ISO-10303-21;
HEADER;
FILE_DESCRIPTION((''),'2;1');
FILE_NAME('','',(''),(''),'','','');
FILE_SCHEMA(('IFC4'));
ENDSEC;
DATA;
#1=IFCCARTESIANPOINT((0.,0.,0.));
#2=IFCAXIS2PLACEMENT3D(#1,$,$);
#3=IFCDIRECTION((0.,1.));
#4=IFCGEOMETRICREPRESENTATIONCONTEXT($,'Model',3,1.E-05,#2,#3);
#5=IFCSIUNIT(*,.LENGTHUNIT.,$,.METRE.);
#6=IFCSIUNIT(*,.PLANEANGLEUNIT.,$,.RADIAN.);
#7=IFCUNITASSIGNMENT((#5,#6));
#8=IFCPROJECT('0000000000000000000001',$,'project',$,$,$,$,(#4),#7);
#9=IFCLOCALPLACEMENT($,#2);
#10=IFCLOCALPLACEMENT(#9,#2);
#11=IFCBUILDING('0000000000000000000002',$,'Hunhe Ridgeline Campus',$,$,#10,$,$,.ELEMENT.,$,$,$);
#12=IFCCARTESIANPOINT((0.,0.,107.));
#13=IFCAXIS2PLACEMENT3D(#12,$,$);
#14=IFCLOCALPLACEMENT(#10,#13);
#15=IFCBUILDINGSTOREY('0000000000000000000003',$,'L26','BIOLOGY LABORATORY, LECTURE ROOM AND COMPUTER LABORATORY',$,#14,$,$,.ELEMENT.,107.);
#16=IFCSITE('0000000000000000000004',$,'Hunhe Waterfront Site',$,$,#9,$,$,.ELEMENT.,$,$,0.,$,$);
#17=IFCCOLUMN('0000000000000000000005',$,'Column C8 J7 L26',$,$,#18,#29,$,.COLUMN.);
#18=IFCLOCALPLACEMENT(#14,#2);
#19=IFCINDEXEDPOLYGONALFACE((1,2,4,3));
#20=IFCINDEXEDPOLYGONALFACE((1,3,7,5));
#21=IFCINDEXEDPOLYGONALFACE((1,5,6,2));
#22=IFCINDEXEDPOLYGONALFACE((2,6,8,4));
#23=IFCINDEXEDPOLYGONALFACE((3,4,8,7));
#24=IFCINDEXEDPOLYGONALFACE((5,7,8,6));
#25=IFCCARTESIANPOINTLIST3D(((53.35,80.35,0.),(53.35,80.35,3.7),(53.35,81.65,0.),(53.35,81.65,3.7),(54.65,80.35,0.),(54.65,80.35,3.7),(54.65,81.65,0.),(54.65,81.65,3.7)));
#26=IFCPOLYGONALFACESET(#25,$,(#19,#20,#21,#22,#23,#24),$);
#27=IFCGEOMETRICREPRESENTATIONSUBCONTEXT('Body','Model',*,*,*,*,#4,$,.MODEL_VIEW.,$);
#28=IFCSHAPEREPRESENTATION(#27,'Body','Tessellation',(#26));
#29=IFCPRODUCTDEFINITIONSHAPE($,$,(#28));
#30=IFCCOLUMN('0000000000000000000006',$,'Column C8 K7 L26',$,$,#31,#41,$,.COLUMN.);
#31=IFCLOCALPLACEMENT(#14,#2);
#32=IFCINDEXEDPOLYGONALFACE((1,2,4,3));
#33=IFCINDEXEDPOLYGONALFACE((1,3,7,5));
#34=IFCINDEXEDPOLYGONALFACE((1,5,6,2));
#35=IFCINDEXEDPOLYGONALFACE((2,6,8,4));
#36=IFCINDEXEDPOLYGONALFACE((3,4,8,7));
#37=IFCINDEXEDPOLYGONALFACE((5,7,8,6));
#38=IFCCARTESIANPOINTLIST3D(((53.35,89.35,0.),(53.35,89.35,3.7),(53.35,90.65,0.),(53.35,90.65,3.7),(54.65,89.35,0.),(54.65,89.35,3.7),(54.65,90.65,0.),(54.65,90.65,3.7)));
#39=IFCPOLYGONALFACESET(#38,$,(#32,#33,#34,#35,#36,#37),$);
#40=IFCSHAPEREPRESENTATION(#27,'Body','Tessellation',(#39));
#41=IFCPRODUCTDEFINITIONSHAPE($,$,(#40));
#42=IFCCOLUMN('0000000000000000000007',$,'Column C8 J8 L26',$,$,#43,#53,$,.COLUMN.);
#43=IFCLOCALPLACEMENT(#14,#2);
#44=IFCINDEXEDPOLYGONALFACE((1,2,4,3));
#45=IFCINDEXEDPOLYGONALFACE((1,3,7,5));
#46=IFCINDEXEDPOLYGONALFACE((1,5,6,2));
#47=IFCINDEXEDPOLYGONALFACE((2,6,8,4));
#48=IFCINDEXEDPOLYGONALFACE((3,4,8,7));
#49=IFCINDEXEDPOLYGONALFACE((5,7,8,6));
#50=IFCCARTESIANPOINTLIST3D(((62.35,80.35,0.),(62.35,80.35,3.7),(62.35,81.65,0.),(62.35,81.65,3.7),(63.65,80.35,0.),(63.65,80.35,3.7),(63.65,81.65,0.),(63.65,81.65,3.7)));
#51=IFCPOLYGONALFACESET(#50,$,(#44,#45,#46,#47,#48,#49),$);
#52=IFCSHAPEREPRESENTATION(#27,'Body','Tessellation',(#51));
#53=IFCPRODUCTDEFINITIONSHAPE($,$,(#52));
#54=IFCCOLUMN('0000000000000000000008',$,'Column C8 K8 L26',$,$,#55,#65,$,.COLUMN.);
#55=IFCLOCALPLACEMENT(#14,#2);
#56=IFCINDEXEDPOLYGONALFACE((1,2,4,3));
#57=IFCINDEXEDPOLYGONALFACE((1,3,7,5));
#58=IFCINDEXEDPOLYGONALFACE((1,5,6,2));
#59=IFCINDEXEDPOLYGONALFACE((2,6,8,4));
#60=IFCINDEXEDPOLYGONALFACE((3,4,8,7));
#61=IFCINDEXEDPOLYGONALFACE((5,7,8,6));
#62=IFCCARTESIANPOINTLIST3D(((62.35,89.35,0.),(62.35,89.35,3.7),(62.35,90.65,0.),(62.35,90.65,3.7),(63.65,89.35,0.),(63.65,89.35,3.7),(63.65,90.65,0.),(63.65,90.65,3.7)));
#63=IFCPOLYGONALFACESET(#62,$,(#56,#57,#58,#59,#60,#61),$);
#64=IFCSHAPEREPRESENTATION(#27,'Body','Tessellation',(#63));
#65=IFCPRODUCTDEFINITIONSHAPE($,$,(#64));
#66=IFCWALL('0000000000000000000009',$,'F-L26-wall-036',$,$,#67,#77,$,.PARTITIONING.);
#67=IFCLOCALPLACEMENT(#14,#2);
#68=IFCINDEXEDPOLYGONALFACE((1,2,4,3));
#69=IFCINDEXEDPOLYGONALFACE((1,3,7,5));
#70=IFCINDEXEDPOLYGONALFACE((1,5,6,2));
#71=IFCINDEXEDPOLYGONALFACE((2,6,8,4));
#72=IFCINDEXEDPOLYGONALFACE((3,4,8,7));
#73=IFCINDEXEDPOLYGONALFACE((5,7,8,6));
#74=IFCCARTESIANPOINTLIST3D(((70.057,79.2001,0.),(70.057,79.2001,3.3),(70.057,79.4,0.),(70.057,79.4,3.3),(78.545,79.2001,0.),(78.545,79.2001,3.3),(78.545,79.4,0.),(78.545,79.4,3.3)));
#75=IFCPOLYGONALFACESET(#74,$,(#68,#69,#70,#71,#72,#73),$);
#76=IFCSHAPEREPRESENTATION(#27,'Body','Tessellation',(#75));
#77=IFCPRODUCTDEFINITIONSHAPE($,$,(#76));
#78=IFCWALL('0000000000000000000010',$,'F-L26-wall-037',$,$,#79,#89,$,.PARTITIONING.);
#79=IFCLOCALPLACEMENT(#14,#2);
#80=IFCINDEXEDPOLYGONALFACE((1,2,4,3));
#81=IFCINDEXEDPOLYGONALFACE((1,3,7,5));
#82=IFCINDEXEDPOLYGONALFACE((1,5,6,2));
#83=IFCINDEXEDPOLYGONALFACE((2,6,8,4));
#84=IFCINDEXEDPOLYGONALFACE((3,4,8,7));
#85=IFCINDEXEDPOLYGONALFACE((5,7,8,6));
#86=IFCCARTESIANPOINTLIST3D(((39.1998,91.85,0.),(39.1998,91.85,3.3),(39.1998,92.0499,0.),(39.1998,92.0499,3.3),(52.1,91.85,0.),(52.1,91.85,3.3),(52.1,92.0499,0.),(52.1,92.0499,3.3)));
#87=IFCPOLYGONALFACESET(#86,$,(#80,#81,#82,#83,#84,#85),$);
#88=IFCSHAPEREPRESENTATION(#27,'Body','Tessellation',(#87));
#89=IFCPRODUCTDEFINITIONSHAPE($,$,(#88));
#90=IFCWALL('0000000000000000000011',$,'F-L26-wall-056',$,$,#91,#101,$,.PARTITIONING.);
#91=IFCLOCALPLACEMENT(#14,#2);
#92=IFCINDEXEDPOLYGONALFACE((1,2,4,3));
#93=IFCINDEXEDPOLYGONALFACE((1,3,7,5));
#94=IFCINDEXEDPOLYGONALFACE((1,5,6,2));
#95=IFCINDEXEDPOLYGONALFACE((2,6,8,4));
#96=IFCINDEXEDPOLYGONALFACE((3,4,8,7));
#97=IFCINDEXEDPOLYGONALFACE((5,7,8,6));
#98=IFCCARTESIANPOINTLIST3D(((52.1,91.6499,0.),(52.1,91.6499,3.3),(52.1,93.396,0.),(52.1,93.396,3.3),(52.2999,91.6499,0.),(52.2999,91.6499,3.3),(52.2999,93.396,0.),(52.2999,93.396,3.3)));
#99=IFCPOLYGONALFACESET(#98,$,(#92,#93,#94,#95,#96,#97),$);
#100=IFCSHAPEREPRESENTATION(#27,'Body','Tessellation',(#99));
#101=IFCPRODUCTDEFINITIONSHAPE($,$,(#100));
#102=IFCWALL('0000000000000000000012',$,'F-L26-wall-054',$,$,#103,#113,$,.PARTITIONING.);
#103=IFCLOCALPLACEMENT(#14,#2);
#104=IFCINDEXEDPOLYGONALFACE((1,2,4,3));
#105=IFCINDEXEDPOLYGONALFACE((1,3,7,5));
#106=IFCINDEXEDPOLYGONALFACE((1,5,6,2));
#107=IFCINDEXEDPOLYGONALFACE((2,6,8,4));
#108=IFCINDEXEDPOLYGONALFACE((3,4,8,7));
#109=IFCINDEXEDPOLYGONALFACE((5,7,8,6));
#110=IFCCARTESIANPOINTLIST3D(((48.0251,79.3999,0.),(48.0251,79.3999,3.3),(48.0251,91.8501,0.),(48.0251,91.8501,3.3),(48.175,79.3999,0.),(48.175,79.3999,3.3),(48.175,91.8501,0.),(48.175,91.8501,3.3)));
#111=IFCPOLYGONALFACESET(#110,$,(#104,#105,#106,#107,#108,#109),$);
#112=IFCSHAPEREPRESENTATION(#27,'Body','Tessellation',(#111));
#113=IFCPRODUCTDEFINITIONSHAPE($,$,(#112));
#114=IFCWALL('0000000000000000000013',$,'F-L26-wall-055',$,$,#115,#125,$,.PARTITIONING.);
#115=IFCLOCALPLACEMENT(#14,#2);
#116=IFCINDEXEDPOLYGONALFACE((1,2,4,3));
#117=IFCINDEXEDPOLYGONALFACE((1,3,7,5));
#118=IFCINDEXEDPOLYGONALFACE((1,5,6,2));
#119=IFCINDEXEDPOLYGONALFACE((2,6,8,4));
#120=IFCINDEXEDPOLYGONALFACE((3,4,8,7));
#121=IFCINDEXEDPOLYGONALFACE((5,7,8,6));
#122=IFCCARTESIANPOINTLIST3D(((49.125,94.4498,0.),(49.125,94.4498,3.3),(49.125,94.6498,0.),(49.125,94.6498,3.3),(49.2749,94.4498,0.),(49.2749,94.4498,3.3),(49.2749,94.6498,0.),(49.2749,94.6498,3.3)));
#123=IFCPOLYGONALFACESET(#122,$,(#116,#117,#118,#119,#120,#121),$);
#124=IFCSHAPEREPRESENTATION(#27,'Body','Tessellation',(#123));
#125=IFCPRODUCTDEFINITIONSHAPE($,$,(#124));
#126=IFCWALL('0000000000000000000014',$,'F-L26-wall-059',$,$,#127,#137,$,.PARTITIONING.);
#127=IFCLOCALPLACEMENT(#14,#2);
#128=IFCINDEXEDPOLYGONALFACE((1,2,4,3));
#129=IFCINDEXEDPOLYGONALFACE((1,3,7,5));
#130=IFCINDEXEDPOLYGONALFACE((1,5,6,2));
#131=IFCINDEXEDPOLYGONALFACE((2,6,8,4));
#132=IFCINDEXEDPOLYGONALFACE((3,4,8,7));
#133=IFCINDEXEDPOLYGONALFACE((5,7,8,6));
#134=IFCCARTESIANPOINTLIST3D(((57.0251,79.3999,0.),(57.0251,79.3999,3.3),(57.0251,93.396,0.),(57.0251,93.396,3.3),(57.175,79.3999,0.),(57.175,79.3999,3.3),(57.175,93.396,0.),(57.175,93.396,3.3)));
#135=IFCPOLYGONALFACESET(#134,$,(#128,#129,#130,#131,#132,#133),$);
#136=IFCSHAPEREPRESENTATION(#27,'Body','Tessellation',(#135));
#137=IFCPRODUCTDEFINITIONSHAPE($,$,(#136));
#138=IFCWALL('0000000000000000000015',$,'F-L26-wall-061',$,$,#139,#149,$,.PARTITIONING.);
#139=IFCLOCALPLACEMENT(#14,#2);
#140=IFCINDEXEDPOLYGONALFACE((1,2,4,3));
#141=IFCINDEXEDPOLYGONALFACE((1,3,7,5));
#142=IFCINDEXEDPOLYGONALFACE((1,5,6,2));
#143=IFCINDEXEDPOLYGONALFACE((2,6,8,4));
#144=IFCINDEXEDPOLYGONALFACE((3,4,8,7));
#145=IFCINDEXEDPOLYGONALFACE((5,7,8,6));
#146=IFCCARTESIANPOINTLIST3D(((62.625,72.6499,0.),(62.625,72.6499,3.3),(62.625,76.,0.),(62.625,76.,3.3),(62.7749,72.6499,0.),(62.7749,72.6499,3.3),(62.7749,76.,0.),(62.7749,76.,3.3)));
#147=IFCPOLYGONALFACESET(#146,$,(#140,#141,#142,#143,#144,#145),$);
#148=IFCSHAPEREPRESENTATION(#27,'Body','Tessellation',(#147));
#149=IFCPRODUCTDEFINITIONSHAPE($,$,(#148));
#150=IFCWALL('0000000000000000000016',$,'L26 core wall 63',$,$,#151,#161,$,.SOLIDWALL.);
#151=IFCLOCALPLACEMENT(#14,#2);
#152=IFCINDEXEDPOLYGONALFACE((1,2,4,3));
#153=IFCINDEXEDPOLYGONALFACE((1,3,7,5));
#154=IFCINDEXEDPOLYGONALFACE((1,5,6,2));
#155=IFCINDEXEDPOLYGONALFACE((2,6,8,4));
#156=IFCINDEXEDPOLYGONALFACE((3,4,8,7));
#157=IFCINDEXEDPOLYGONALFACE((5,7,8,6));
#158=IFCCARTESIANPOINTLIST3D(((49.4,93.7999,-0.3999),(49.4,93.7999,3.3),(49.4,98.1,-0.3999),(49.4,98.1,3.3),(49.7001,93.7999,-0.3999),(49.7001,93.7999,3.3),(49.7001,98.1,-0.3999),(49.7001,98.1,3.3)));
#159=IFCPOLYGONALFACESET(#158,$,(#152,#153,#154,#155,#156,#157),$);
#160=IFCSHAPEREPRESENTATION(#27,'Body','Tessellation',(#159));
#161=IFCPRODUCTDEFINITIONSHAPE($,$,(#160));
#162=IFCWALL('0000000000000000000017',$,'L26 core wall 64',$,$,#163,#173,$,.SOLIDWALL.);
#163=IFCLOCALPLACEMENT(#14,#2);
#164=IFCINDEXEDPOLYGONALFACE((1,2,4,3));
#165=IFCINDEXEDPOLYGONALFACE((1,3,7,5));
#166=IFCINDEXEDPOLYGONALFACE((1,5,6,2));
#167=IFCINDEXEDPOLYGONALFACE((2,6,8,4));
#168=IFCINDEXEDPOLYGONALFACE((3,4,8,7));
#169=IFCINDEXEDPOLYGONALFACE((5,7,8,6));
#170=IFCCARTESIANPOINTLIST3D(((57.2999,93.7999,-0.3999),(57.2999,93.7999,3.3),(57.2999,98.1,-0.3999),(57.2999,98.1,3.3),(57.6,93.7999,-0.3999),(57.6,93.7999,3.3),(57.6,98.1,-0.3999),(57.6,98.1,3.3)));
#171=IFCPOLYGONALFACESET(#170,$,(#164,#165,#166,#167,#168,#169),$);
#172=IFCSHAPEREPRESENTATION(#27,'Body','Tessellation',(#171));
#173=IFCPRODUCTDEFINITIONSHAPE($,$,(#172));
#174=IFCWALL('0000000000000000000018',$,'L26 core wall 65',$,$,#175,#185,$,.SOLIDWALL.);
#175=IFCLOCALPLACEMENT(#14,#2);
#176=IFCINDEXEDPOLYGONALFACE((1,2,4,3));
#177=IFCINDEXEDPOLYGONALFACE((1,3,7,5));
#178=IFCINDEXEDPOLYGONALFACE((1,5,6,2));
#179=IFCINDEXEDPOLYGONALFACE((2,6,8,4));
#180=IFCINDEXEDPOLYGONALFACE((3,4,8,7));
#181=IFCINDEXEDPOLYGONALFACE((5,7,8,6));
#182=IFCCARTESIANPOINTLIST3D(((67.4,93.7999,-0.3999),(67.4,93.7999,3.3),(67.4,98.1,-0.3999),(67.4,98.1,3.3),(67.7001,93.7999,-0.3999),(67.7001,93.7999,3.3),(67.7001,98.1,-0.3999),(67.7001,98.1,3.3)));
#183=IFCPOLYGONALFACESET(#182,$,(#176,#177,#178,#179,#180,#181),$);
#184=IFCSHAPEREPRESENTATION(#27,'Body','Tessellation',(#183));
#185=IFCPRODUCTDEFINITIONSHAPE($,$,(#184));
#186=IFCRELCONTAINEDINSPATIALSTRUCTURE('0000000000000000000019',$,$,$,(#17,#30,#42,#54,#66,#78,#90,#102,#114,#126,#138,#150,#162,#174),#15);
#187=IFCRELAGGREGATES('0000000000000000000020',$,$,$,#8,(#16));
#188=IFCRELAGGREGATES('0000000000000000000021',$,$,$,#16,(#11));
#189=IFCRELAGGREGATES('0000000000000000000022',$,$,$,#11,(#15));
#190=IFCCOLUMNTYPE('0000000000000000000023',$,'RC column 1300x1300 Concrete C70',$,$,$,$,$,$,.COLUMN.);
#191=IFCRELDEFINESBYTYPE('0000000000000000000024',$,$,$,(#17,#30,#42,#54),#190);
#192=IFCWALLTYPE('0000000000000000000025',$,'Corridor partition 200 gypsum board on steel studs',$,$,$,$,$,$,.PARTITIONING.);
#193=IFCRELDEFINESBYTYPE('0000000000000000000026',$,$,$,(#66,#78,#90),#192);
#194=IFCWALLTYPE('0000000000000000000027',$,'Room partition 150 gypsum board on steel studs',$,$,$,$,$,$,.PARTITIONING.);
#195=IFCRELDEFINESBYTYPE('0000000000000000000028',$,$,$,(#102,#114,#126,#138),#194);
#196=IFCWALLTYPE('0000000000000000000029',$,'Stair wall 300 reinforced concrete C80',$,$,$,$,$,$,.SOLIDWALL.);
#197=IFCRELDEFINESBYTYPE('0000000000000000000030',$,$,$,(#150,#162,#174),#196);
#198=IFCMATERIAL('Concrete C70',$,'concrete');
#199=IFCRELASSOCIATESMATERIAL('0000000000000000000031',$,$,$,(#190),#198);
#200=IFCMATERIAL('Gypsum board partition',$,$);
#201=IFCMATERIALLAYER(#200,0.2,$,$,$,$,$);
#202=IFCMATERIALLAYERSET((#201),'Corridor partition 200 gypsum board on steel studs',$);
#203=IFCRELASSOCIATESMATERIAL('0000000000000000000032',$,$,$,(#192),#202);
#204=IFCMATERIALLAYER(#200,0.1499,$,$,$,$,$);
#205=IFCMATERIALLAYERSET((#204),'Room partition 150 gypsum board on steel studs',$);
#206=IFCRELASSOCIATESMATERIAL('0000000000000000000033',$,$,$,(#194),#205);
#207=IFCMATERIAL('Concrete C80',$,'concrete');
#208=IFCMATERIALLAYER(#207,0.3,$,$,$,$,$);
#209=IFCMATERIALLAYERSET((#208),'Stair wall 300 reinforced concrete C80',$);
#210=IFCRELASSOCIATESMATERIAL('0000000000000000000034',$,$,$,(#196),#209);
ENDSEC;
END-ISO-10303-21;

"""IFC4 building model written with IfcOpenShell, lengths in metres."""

from ifc_helpers import new_model, si_unit, direction, frame, frame_2d, origin, origin_2d, place, context, subcontext, project, spatial, rectangle, extrude, material, layer, layer_set, material_profile, profile_set, type_object, element, save


model = new_model("IFC4")

# Units and contexts
model_context = context("Model", 3, precision=1e-05, world=origin(), true_north=direction((0.0, 1.0)))
body_context = subcontext(model_context, "Body", "Model", "MODEL_VIEW")
ifc_project = project(units=[si_unit("LENGTHUNIT", "METRE"), si_unit("PLANEANGLEUNIT", "RADIAN")], contexts=[model_context])

# Site, building, storey
site_placement = place(None, origin())
site = spatial("IfcSite", under=ifc_project, at=site_placement, Name="Hunhe Waterfront Site", CompositionType="ELEMENT", RefElevation=0.0)
building_placement = place(site_placement, origin())
building = spatial("IfcBuilding", under=site, at=building_placement, Name="Hunhe Ridgeline Campus", CompositionType="ELEMENT")
storey_placement = place(building_placement, frame((0.0, 0.0, 107.0)))
storey = spatial("IfcBuildingStorey", under=building, at=storey_placement, Name="L26", Description="BIOLOGY LABORATORY, LECTURE ROOM AND COMPUTER LABORATORY", CompositionType="ELEMENT", Elevation=107.0)

# Columns
ifc_material_1 = material(Name="Concrete C70", Category="concrete")
ifc_material_profile = material_profile(ifc_material_1, rectangle(XDim=1.3, YDim=1.3, at=origin_2d()))
ifc_profile_set = profile_set([ifc_material_profile], Name="Concrete C70")
column_type = type_object("IfcColumnType", Name="RC column 1300x1300 Concrete C70", PredefinedType="COLUMN", material=ifc_profile_set)
for number, where, z_axis, x_axis, name in (
    (1, (54.0, 81.0, 0.0), (0.0, 0.0, 1.0), (1.0, 0.0, 0.0), "Column C8 J7 L26"),
    (2, (54.0, 90.0, 0.0), (0.0, 0.0, 1.0), (1.0, 0.0, 0.0), "Column C8 K7 L26"),
    (3, (63.0, 81.0, 0.0), (0.0, 0.0, 1.0), (1.0, 0.0, 0.0), "Column C8 J8 L26"),
    (4, (63.0, 90.0, 0.0), (0.0, 0.0, 1.0), (1.0, 0.0, 0.0), "Column C8 K8 L26"),
):
    element("IfcColumn", number, at=place(storey_placement, frame(where, z_axis=z_axis, x_axis=x_axis)), inside=storey, type_object=column_type, Name=name, PredefinedType="COLUMN", context=body_context, shape_type="SweptSolid", body=[
        extrude(rectangle(XDim=1.3, YDim=1.3, at=origin_2d()), origin(), (0.0, 0.0, 1.0), 3.7),
    ])

# Walls
ifc_material_2 = material(Name="Gypsum board partition")
ifc_layer_1 = layer(ifc_material_2, 0.2)
ifc_layer_set_1 = layer_set([ifc_layer_1], Name="Corridor partition 200 gypsum board on steel studs")
wall_type_1 = type_object("IfcWallType", Name="Corridor partition 200 gypsum board on steel studs", PredefinedType="PARTITIONING", material=ifc_layer_set_1)
wall_1_placement = place(storey_placement, frame((70.0569, 79.3, 0.0), z_axis=(0.0, 0.0, 1.0), x_axis=(1.0, 0.0, 0.0)))
element("IfcWall", 5, at=wall_1_placement, inside=storey, type_object=wall_type_1, Name="F-L26-wall-036", PredefinedType="PARTITIONING", context=body_context, shape_type="SweptSolid", body=[
    extrude(rectangle(XDim=8.488, YDim=0.2, at=frame_2d((4.2441, 0.0))), origin(), (0.0, 0.0, 1.0), 3.3),
])
wall_2_placement = place(storey_placement, frame((52.1001, 91.95, 0.0), z_axis=(0.0, 0.0, 1.0), x_axis=(-1.0, 0.0, 0.0)))
element("IfcWall", 6, at=wall_2_placement, inside=storey, type_object=wall_type_1, Name="F-L26-wall-037", PredefinedType="PARTITIONING", context=body_context, shape_type="SweptSolid", body=[
    extrude(rectangle(XDim=12.9001, YDim=0.2, at=frame_2d((6.4502, 0.0))), origin(), (0.0, 0.0, 1.0), 3.3),
])
wall_3_placement = place(storey_placement, frame((52.2, 93.396, 0.0), z_axis=(0.0, 0.0, 1.0), x_axis=(0.0, -1.0, 0.0)))
element("IfcWall", 7, at=wall_3_placement, inside=storey, type_object=wall_type_1, Name="F-L26-wall-056", PredefinedType="PARTITIONING", context=body_context, shape_type="SweptSolid", body=[
    extrude(rectangle(XDim=1.7461, YDim=0.2, at=frame_2d((0.873, 0.0))), origin(), (0.0, 0.0, 1.0), 3.3),
])

# Walls
ifc_layer_2 = layer(ifc_material_2, 0.1499)
ifc_layer_set_2 = layer_set([ifc_layer_2], Name="Room partition 150 gypsum board on steel studs")
wall_type_2 = type_object("IfcWallType", Name="Room partition 150 gypsum board on steel studs", PredefinedType="PARTITIONING", material=ifc_layer_set_2)
wall_4_placement = place(storey_placement, frame((48.1001, 91.8501, 0.0), z_axis=(0.0, 0.0, 1.0), x_axis=(0.0, -1.0, 0.0)))
element("IfcWall", 8, at=wall_4_placement, inside=storey, type_object=wall_type_2, Name="F-L26-wall-054", PredefinedType="PARTITIONING", context=body_context, shape_type="SweptSolid", body=[
    extrude(rectangle(XDim=12.4502, YDim=0.1499, at=frame_2d((6.2251, 0.0))), origin(), (0.0, 0.0, 1.0), 3.3),
])
wall_5_placement = place(storey_placement, frame((49.2, 94.6499, 0.0), z_axis=(0.0, 0.0, 1.0), x_axis=(0.0, -1.0, 0.0)))
element("IfcWall", 9, at=wall_5_placement, inside=storey, type_object=wall_type_2, Name="F-L26-wall-055", PredefinedType="PARTITIONING", context=body_context, shape_type="SweptSolid", body=[
    extrude(rectangle(XDim=0.2, YDim=0.1499, at=frame_2d((0.1001, 0.0))), origin(), (0.0, 0.0, 1.0), 3.3),
])
wall_6_placement = place(storey_placement, frame((57.1001, 93.396, 0.0), z_axis=(0.0, 0.0, 1.0), x_axis=(0.0, -1.0, 0.0)))
element("IfcWall", 10, at=wall_6_placement, inside=storey, type_object=wall_type_2, Name="F-L26-wall-059", PredefinedType="PARTITIONING", context=body_context, shape_type="SweptSolid", body=[
    extrude(rectangle(XDim=13.9961, YDim=0.1499, at=frame_2d((6.998, 0.0))), origin(), (0.0, 0.0, 1.0), 3.3),
])
wall_7_placement = place(storey_placement, frame((62.7, 76.0, 0.0), z_axis=(0.0, 0.0, 1.0), x_axis=(0.0, -1.0, 0.0)))
element("IfcWall", 11, at=wall_7_placement, inside=storey, type_object=wall_type_2, Name="F-L26-wall-061", PredefinedType="PARTITIONING", context=body_context, shape_type="SweptSolid", body=[
    extrude(rectangle(XDim=3.3501, YDim=0.1499, at=frame_2d((1.675, 0.0))), origin(), (0.0, 0.0, 1.0), 3.3),
])

# Shared definitions
ifc_material_3 = material(Name="Concrete C80", Category="concrete")
ifc_layer_3 = layer(ifc_material_3, 0.3)
ifc_layer_set_3 = layer_set([ifc_layer_3], Name="Stair wall 300 reinforced concrete C80")
wall_type_3 = type_object("IfcWallType", Name="Stair wall 300 reinforced concrete C80", PredefinedType="SOLIDWALL", material=ifc_layer_set_3)

# Walls
for number, where, z_axis, x_axis, name in (
    (12, (49.55, 93.8, -0.3999), (0.0, 0.0, 1.0), (0.0, 1.0, 0.0), "L26 core wall 63"),
    (13, (57.45, 93.8, -0.3999), (0.0, 0.0, 1.0), (0.0, 1.0, 0.0), "L26 core wall 64"),
    (14, (67.55, 93.8, -0.3999), (0.0, 0.0, 1.0), (0.0, 1.0, 0.0), "L26 core wall 65"),
):
    element("IfcWall", number, at=place(storey_placement, frame(where, z_axis=z_axis, x_axis=x_axis)), inside=storey, type_object=wall_type_3, Name=name, PredefinedType="SOLIDWALL", context=body_context, shape_type="SweptSolid", body=[
        extrude(rectangle(XDim=4.3, YDim=0.3, at=frame_2d((2.1499, 0.0))), origin(), (0.0, 0.0, 1.0), 3.7),
    ])

save(model, "model.ifc")
